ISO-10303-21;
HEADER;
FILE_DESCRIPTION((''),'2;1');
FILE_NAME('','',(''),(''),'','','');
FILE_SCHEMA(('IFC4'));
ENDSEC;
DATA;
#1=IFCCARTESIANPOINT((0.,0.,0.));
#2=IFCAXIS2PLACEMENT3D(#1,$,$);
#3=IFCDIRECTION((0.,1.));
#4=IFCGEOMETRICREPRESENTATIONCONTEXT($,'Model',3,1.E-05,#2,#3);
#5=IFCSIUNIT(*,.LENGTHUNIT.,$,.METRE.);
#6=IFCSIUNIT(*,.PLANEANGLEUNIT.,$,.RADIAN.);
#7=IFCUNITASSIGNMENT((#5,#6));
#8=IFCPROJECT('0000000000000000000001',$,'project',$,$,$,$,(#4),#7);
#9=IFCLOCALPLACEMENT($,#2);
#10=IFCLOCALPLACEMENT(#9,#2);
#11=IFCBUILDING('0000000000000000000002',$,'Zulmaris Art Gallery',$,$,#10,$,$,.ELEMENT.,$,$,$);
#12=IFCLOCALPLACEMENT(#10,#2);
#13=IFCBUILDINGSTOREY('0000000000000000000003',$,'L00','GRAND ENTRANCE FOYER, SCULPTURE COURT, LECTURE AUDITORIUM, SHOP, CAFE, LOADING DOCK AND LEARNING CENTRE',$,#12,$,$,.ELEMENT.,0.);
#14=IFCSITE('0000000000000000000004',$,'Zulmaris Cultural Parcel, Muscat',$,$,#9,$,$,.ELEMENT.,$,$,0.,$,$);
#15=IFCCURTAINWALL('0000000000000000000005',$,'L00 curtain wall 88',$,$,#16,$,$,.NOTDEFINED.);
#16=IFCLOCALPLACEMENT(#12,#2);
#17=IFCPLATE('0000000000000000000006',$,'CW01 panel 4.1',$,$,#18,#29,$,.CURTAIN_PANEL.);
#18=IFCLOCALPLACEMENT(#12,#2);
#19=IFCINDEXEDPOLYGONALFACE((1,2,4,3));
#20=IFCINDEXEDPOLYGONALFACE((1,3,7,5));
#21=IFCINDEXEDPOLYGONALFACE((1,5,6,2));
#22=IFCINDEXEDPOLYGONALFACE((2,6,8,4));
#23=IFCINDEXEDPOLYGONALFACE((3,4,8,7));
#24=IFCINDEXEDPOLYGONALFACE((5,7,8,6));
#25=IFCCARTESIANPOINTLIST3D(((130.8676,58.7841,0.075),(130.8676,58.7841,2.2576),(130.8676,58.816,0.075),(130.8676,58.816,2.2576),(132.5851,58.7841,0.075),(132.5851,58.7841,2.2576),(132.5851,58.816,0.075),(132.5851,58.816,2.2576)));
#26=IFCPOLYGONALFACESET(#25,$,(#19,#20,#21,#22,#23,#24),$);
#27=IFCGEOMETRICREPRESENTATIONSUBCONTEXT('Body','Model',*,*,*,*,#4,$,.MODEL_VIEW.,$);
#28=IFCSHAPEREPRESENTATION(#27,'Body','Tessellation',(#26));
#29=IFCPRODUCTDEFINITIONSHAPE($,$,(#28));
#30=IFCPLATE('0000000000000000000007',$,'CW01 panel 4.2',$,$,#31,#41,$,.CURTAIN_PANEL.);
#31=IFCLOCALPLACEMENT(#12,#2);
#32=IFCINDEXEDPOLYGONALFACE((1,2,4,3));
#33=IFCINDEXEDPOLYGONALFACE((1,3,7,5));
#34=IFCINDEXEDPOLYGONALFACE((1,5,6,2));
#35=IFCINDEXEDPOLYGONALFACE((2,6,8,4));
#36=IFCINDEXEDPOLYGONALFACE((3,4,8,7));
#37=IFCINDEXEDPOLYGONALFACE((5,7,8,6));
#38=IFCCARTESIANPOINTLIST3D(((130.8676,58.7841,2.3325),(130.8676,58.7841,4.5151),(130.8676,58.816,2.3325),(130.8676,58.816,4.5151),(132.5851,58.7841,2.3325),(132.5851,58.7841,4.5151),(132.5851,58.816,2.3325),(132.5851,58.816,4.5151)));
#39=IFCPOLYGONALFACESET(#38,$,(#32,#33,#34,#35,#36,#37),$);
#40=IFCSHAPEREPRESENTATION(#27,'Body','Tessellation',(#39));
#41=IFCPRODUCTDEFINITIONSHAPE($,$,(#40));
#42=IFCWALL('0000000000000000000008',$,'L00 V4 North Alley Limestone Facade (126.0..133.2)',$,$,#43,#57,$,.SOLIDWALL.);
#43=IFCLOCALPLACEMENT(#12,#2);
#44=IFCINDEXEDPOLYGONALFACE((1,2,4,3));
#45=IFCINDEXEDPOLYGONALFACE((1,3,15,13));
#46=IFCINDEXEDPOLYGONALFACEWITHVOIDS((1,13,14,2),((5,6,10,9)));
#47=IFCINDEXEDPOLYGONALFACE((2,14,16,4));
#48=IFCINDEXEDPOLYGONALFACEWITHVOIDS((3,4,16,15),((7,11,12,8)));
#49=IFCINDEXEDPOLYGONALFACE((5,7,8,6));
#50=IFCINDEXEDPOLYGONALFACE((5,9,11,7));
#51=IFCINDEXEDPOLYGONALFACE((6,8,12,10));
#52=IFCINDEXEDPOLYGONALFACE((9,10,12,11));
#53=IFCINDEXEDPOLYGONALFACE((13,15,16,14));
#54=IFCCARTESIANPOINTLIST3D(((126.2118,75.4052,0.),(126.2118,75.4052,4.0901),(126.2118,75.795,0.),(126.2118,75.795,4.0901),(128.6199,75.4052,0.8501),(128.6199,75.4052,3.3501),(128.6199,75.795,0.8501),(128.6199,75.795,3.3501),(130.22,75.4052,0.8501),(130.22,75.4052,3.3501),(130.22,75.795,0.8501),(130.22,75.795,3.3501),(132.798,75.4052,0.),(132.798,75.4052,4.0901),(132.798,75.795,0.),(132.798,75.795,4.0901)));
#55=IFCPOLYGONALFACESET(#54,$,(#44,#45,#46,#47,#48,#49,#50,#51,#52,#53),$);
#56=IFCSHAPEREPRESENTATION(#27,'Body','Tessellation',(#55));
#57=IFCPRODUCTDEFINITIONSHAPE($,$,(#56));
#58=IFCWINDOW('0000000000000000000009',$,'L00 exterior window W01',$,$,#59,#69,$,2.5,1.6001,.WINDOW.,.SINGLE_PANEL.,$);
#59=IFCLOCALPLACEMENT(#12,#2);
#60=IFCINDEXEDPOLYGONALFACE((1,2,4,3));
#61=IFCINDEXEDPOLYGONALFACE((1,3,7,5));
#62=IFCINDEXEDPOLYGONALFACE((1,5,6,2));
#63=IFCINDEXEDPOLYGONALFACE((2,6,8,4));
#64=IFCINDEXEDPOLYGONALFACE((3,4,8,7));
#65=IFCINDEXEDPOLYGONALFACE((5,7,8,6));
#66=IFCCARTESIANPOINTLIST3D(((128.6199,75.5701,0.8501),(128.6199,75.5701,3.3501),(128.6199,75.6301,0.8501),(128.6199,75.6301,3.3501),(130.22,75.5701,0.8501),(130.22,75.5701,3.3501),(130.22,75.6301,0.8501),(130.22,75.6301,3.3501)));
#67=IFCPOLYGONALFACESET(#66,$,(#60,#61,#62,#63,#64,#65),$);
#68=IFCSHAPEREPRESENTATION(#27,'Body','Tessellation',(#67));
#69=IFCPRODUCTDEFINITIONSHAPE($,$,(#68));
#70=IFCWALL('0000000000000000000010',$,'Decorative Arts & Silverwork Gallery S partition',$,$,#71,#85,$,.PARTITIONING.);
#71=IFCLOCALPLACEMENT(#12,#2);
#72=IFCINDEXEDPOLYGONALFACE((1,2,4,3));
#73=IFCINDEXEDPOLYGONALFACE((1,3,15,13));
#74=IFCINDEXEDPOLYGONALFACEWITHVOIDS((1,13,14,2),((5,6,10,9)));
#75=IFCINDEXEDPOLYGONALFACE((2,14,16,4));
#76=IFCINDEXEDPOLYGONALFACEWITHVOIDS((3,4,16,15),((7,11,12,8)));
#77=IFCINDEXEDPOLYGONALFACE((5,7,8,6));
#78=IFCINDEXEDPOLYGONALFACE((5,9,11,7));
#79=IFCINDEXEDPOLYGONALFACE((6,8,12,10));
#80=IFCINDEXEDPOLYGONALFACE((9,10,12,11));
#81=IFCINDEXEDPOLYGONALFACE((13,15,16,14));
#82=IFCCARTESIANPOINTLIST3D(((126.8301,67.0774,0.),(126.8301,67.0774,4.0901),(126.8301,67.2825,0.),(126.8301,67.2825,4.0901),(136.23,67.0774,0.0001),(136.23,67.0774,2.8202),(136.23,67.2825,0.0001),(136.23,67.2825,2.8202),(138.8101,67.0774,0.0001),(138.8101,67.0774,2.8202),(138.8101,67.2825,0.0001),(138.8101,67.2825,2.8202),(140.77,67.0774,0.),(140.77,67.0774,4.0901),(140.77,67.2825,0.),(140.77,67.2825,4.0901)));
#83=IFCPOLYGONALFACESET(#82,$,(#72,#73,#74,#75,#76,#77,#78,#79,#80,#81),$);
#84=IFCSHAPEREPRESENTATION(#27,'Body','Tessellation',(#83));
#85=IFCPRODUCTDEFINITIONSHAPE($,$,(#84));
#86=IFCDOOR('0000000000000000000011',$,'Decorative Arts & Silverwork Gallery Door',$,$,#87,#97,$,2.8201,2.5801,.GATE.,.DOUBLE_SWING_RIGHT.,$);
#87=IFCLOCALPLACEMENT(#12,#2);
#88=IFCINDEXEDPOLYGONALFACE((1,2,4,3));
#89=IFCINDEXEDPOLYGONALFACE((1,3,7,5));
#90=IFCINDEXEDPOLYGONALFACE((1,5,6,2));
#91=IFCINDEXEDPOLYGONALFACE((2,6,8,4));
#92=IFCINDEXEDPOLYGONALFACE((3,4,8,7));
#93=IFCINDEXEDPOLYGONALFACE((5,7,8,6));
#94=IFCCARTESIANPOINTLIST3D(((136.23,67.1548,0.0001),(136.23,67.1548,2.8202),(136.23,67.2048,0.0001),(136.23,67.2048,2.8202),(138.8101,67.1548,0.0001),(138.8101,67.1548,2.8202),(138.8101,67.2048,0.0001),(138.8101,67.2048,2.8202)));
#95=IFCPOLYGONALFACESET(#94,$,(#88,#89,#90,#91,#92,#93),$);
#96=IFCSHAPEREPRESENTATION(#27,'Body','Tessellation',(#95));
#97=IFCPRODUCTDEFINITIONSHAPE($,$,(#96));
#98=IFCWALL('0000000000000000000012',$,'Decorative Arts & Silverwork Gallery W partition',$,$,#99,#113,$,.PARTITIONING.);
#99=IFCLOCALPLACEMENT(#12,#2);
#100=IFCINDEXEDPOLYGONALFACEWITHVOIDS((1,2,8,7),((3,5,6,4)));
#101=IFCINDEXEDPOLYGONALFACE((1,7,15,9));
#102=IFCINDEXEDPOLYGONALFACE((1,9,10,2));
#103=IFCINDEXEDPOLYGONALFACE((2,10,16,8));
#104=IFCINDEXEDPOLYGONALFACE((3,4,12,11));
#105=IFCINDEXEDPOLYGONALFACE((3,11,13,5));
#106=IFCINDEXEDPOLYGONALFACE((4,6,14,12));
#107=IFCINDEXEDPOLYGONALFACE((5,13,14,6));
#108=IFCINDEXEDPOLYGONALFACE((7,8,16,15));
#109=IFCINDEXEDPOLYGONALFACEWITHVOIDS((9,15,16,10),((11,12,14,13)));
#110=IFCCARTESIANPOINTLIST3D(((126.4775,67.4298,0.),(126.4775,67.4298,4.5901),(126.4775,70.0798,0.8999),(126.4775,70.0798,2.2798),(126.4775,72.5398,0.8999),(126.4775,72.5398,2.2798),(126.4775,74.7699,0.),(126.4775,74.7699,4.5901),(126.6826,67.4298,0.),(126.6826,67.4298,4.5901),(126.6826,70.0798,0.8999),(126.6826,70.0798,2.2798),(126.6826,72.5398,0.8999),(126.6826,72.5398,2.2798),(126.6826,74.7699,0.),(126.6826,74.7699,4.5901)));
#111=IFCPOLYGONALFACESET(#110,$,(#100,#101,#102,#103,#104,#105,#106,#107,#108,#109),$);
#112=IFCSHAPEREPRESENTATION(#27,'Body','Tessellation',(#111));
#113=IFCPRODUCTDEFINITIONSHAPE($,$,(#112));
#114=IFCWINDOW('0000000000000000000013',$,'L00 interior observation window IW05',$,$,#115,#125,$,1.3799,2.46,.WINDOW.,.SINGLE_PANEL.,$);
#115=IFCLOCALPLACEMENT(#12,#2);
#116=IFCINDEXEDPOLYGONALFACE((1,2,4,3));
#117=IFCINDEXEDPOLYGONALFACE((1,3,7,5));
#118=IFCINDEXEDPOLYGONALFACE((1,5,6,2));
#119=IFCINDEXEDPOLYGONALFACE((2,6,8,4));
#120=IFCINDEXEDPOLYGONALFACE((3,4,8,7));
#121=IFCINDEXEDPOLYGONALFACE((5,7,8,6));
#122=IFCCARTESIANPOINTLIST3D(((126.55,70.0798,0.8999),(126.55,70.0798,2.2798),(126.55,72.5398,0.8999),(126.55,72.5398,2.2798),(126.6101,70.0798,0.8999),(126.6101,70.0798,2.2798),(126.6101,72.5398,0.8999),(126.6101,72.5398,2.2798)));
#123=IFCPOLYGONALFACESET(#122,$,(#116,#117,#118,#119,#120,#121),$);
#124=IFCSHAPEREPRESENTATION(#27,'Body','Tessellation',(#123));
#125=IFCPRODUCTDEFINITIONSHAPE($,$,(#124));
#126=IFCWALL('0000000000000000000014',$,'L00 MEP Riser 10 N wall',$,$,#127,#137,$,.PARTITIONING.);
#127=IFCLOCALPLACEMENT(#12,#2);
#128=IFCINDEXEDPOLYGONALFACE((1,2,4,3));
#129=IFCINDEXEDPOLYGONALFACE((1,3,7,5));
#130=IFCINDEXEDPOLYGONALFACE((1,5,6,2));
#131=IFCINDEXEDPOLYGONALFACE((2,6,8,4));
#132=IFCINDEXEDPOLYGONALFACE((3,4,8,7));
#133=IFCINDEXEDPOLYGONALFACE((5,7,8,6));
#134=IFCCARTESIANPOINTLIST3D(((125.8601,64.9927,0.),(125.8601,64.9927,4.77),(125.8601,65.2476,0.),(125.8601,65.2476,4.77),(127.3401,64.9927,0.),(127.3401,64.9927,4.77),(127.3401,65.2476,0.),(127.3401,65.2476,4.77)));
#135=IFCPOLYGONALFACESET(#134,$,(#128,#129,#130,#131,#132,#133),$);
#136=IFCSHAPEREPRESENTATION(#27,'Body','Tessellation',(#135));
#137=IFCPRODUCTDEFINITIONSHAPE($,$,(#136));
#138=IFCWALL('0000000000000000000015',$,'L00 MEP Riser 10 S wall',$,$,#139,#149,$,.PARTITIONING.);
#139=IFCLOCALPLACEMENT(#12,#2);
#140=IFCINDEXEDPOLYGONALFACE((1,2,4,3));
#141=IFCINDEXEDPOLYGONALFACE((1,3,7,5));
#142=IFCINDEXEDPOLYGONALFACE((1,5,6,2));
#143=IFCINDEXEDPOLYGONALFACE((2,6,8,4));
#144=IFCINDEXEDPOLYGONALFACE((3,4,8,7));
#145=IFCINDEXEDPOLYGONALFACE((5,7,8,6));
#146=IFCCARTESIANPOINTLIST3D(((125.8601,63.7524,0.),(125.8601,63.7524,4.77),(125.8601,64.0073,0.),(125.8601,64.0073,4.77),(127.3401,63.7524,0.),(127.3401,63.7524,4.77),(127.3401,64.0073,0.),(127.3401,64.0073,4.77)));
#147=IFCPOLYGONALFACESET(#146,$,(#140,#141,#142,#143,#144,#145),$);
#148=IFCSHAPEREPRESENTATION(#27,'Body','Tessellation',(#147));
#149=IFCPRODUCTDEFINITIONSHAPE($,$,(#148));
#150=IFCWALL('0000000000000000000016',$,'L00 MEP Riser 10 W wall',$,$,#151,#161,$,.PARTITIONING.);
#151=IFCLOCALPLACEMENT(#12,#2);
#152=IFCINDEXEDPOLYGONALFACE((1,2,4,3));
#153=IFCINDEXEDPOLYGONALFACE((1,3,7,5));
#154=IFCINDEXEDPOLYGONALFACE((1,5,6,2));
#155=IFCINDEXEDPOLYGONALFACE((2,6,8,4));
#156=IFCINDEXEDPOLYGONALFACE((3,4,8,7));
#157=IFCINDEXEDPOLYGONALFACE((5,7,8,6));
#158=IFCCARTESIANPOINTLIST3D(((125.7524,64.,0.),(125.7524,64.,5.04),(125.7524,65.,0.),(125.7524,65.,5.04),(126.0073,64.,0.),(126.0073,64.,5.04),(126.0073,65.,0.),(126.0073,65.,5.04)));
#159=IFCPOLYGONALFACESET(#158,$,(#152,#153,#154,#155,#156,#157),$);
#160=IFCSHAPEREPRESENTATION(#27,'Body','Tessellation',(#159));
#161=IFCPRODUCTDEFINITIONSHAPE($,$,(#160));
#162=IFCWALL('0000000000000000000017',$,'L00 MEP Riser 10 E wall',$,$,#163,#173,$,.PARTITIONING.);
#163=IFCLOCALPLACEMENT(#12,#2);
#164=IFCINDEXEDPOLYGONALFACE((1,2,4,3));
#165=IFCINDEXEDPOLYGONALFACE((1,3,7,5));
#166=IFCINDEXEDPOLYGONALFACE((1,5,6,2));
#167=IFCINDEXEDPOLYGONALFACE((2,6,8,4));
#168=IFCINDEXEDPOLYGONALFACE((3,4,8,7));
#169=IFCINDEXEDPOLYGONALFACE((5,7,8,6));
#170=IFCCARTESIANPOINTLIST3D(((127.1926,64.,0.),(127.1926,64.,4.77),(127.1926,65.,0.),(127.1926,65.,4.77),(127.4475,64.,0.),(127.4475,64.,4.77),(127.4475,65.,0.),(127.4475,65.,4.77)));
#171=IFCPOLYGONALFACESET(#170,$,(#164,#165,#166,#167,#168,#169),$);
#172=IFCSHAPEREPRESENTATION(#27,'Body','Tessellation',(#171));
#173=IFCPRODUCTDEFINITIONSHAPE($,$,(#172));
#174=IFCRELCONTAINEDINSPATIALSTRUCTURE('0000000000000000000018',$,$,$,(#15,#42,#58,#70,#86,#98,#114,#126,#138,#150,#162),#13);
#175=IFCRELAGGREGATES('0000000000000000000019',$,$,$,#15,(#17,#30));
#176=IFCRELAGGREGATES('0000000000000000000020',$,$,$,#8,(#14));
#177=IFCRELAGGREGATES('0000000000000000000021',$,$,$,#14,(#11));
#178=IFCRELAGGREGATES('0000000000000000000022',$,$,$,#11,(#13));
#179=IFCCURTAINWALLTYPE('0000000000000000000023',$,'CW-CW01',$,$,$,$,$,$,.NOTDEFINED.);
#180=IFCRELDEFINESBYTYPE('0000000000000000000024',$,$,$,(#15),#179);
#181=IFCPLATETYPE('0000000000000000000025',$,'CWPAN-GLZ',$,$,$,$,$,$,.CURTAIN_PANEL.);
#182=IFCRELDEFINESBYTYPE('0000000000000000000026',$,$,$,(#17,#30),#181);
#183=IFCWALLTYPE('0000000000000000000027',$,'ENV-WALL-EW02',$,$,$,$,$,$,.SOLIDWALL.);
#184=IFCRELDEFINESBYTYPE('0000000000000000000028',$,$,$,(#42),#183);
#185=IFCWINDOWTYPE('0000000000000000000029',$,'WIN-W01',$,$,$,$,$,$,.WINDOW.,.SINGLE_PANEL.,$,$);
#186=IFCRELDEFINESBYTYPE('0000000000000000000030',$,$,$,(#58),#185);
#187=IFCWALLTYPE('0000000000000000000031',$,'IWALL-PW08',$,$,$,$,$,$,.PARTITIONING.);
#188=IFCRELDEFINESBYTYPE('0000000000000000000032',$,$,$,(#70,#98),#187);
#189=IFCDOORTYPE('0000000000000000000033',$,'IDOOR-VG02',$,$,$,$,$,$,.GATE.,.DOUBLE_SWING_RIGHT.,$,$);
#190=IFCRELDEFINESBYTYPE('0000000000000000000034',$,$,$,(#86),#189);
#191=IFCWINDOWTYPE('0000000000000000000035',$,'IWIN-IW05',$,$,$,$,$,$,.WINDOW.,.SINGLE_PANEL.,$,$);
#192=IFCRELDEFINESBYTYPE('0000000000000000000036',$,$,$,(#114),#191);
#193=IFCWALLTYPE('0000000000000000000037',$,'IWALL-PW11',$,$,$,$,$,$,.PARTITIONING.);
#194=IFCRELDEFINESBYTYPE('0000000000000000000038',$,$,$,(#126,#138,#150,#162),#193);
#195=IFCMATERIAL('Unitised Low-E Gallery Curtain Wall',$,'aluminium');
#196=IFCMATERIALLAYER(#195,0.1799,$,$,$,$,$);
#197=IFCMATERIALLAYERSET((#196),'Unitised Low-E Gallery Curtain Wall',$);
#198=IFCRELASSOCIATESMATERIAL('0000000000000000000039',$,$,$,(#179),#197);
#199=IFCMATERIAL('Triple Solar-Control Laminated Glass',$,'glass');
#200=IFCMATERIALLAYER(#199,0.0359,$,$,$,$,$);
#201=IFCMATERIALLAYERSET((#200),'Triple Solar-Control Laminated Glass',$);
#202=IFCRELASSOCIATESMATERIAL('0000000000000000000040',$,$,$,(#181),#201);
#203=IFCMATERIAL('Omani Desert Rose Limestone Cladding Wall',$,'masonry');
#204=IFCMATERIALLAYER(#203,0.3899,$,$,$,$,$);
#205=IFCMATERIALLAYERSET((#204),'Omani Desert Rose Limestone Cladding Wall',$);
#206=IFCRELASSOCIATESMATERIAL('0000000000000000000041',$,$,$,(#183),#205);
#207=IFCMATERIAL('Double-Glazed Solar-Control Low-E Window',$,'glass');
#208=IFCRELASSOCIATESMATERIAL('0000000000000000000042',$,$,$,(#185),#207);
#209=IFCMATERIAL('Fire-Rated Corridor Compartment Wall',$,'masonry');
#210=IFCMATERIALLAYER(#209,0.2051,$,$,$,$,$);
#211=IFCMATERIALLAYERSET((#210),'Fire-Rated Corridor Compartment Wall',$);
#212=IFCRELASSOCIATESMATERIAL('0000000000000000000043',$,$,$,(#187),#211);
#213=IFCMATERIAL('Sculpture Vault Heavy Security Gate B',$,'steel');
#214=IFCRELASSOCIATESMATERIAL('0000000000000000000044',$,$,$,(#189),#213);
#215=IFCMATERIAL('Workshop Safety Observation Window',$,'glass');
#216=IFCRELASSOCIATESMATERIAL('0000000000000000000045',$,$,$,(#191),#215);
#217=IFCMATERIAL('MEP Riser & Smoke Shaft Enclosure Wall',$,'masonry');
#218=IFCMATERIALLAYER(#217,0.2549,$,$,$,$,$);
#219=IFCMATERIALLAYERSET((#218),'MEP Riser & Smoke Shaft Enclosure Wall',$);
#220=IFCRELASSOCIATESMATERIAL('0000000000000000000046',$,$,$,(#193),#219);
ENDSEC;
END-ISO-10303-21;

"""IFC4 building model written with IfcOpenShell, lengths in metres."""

from ifc_helpers import new_model, si_unit, direction, frame, frame_2d, origin, origin_2d, place, context, subcontext, project, spatial, rectangle, extrude, material, layer, layer_set, type_object, element, fill, aggregate, save


model = new_model("IFC4")

# Units and contexts
model_context = context("Model", 3, precision=1e-05, world=origin(), true_north=direction((0.0, 1.0)))
body_context = subcontext(model_context, "Body", "Model", "MODEL_VIEW")
ifc_project = project(units=[si_unit("LENGTHUNIT", "METRE"), si_unit("PLANEANGLEUNIT", "RADIAN")], contexts=[model_context])

# Site, building, storey
site_placement = place(None, origin())
site = spatial("IfcSite", under=ifc_project, at=site_placement, Name="Zulmaris Cultural Parcel, Muscat", CompositionType="ELEMENT", RefElevation=0.0)
building_placement = place(site_placement, origin())
building = spatial("IfcBuilding", under=site, at=building_placement, Name="Zulmaris Art Gallery", CompositionType="ELEMENT")
storey_placement = place(building_placement, origin())
storey = spatial("IfcBuildingStorey", under=building, at=storey_placement, Name="L00", Description="GRAND ENTRANCE FOYER, SCULPTURE COURT, LECTURE AUDITORIUM, SHOP, CAFE, LOADING DOCK AND LEARNING CENTRE", CompositionType="ELEMENT", Elevation=0.0)

# Curtain wall, plates
ifc_material_1 = material(Name="Unitised Low-E Gallery Curtain Wall", Category="aluminium")
ifc_layer_1 = layer(ifc_material_1, 0.1799)
ifc_layer_set_1 = layer_set([ifc_layer_1], Name="Unitised Low-E Gallery Curtain Wall")
curtain_wall_type = type_object("IfcCurtainWallType", Name="CW-CW01", PredefinedType="NOTDEFINED", material=ifc_layer_set_1)
curtain_wall_placement = place(storey_placement, origin())
curtain_wall = element("IfcCurtainWall", 1, at=curtain_wall_placement, inside=storey, type_object=curtain_wall_type, Name="L00 curtain wall 88", PredefinedType="NOTDEFINED")
ifc_material_2 = material(Name="Triple Solar-Control Laminated Glass", Category="glass")
ifc_layer_2 = layer(ifc_material_2, 0.0359)
ifc_layer_set_2 = layer_set([ifc_layer_2], Name="Triple Solar-Control Laminated Glass")
plate_type = type_object("IfcPlateType", Name="CWPAN-GLZ", PredefinedType="CURTAIN_PANEL", material=ifc_layer_set_2)
plate_1_placement = place(storey_placement, frame((131.7263, 58.8, 0.075), z_axis=(0.0, 0.0, 1.0), x_axis=(1.0, 0.0, 0.0)))
plate_1 = element("IfcPlate", 2, at=plate_1_placement, type_object=plate_type, Name="CW01 panel 4.1", PredefinedType="CURTAIN_PANEL", context=body_context, shape_type="SweptSolid", body=[
    extrude(rectangle(XDim=1.7175, YDim=0.032, at=origin_2d()), origin(), (0.0, 0.0, 1.0), 2.1826),
])
plate_2_placement = place(storey_placement, frame((131.7263, 58.8, 2.3325), z_axis=(0.0, 0.0, 1.0), x_axis=(1.0, 0.0, 0.0)))
plate_2 = element("IfcPlate", 3, at=plate_2_placement, type_object=plate_type, Name="CW01 panel 4.2", PredefinedType="CURTAIN_PANEL", context=body_context, shape_type="SweptSolid", body=[
    extrude(rectangle(XDim=1.7175, YDim=0.032, at=origin_2d()), origin(), (0.0, 0.0, 1.0), 2.1826),
])
aggregate(curtain_wall, [plate_1, plate_2])

# Wall, opening, window
ifc_material_3 = material(Name="Omani Desert Rose Limestone Cladding Wall", Category="masonry")
ifc_layer_3 = layer(ifc_material_3, 0.3899)
ifc_layer_set_3 = layer_set([ifc_layer_3], Name="Omani Desert Rose Limestone Cladding Wall")
wall_type_1 = type_object("IfcWallType", Name="ENV-WALL-EW02", PredefinedType="SOLIDWALL", material=ifc_layer_set_3)
wall_1_placement = place(storey_placement, frame((126.2119, 75.6001, 0.0), z_axis=(0.0, 0.0, 1.0), x_axis=(1.0, 0.0, 0.0)))
wall_1 = element("IfcWall", 4, at=wall_1_placement, inside=storey, type_object=wall_type_1, Name="L00 V4 North Alley Limestone Facade (126.0..133.2)", PredefinedType="SOLIDWALL", context=body_context, shape_type="SweptSolid", body=[
    extrude(rectangle(XDim=6.5862, YDim=0.3899, at=frame_2d((3.293, 0.0))), origin(), (0.0, 0.0, 1.0), 4.0901),
])
opening_1_placement = place(wall_1_placement, frame((2.408, 0.0, 0.8501)))
opening_1 = element("IfcOpeningElement", 5, at=opening_1_placement, cuts=wall_1, PredefinedType="OPENING", context=body_context, shape_type="SweptSolid", body=[
    extrude(rectangle(XDim=1.6001, YDim=2.5, at=frame_2d((0.8, 1.25))), frame((0.0, 0.2048, 0.0), z_axis=(0.0, -1.0, 0.0), x_axis=(1.0, 0.0, 0.0)), (0.0, 0.0, 1.0), 0.4099),
])
ifc_material_4 = material(Name="Double-Glazed Solar-Control Low-E Window", Category="glass")
window_type_1 = type_object("IfcWindowType", Name="WIN-W01", PartitioningType="SINGLE_PANEL", PredefinedType="WINDOW", material=ifc_material_4)
window_1_placement = place(opening_1_placement, origin())
window_1 = element("IfcWindow", 6, at=window_1_placement, inside=storey, type_object=window_type_1, Name="L00 exterior window W01", OverallHeight=2.5, OverallWidth=1.6001, PartitioningType="SINGLE_PANEL", PredefinedType="WINDOW", context=body_context, shape_type="SweptSolid", body=[
    extrude(rectangle(XDim=1.6001, YDim=2.5, at=frame_2d((0.8, 1.25))), frame((0.0, 0.03, 0.0), z_axis=(0.0, -1.0, 0.0), x_axis=(1.0, 0.0, 0.0)), (0.0, 0.0, 1.0), 0.0601),
])
fill(opening_1, window_1)

# Wall, opening, door
ifc_material_5 = material(Name="Fire-Rated Corridor Compartment Wall", Category="masonry")
ifc_layer_4 = layer(ifc_material_5, 0.2051)
ifc_layer_set_4 = layer_set([ifc_layer_4], Name="Fire-Rated Corridor Compartment Wall")
wall_type_2 = type_object("IfcWallType", Name="IWALL-PW08", PredefinedType="PARTITIONING", material=ifc_layer_set_4)
wall_2_placement = place(storey_placement, frame((126.8301, 67.1799, 0.0), z_axis=(0.0, 0.0, 1.0), x_axis=(1.0, 0.0, 0.0)))
wall_2 = element("IfcWall", 7, at=wall_2_placement, inside=storey, type_object=wall_type_2, Name="Decorative Arts & Silverwork Gallery S partition", PredefinedType="PARTITIONING", context=body_context, shape_type="SweptSolid", body=[
    extrude(rectangle(XDim=13.9399, YDim=0.2051, at=frame_2d((6.97, 0.0))), origin(), (0.0, 0.0, 1.0), 4.0901),
])
opening_2_placement = place(wall_2_placement, frame((9.3999, 0.0, 0.0)))
opening_2 = element("IfcOpeningElement", 8, at=opening_2_placement, cuts=wall_2, PredefinedType="OPENING", context=body_context, shape_type="SweptSolid", body=[
    extrude(rectangle(XDim=2.5801, YDim=2.8201, at=frame_2d((1.29, 1.4102))), frame((0.0, 0.1125, 0.0), z_axis=(0.0, -1.0, 0.0), x_axis=(1.0, 0.0, 0.0)), (0.0, 0.0, 1.0), 0.2251),
])
ifc_material_6 = material(Name="Sculpture Vault Heavy Security Gate B", Category="steel")
door_type = type_object("IfcDoorType", Name="IDOOR-VG02", OperationType="DOUBLE_SWING_RIGHT", PredefinedType="GATE", material=ifc_material_6)
door_placement = place(opening_2_placement, origin())
door = element("IfcDoor", 9, at=door_placement, inside=storey, type_object=door_type, Name="Decorative Arts & Silverwork Gallery Door", OperationType="DOUBLE_SWING_RIGHT", OverallHeight=2.8201, OverallWidth=2.5801, PredefinedType="GATE", context=body_context, shape_type="SweptSolid", body=[
    extrude(rectangle(XDim=2.5801, YDim=2.8201, at=frame_2d((1.29, 1.4102))), frame((0.0, 0.0249, 0.0), z_axis=(0.0, -1.0, 0.0), x_axis=(1.0, 0.0, 0.0)), (0.0, 0.0, 1.0), 0.05),
])
fill(opening_2, door)

# Wall, opening, window
wall_3_placement = place(storey_placement, frame((126.5801, 67.4299, 0.0), z_axis=(0.0, 0.0, 1.0), x_axis=(0.0, 1.0, 0.0)))
wall_3 = element("IfcWall", 10, at=wall_3_placement, inside=storey, type_object=wall_type_2, Name="Decorative Arts & Silverwork Gallery W partition", PredefinedType="PARTITIONING", context=body_context, shape_type="SweptSolid", body=[
    extrude(rectangle(XDim=7.3401, YDim=0.2051, at=frame_2d((3.6699, 0.0))), origin(), (0.0, 0.0, 1.0), 4.5901),
])
opening_3_placement = place(wall_3_placement, frame((2.6499, 0.0, 0.8999)))
opening_3 = element("IfcOpeningElement", 11, at=opening_3_placement, cuts=wall_3, PredefinedType="OPENING", context=body_context, shape_type="SweptSolid", body=[
    extrude(rectangle(XDim=2.46, YDim=1.3799, at=frame_2d((1.23, 0.6899))), frame((0.0, 0.1125, 0.0), z_axis=(0.0, -1.0, 0.0), x_axis=(1.0, 0.0, 0.0)), (0.0, 0.0, 1.0), 0.2251),
])
ifc_material_7 = material(Name="Workshop Safety Observation Window", Category="glass")
window_type_2 = type_object("IfcWindowType", Name="IWIN-IW05", PartitioningType="SINGLE_PANEL", PredefinedType="WINDOW", material=ifc_material_7)
window_2_placement = place(opening_3_placement, origin())
window_2 = element("IfcWindow", 12, at=window_2_placement, inside=storey, type_object=window_type_2, Name="L00 interior observation window IW05", OverallHeight=1.3799, OverallWidth=2.46, PartitioningType="SINGLE_PANEL", PredefinedType="WINDOW", context=body_context, shape_type="SweptSolid", body=[
    extrude(rectangle(XDim=2.46, YDim=1.3799, at=frame_2d((1.23, 0.6899))), frame((0.0, 0.03, 0.0), z_axis=(0.0, -1.0, 0.0), x_axis=(1.0, 0.0, 0.0)), (0.0, 0.0, 1.0), 0.0601),
])
fill(opening_3, window_2)

# Walls
ifc_material_8 = material(Name="MEP Riser & Smoke Shaft Enclosure Wall", Category="masonry")
ifc_layer_5 = layer(ifc_material_8, 0.2549)
ifc_layer_set_5 = layer_set([ifc_layer_5], Name="MEP Riser & Smoke Shaft Enclosure Wall")
wall_type_3 = type_object("IfcWallType", Name="IWALL-PW11", PredefinedType="PARTITIONING", material=ifc_layer_set_5)
for number, where, z_axis, x_axis, name in (
    (13, (125.8601, 65.1201, 0.0), (0.0, 0.0, 1.0), (1.0, 0.0, 0.0), "L00 MEP Riser 10 N wall"),
    (14, (125.8601, 63.8799, 0.0), (0.0, 0.0, 1.0), (1.0, 0.0, 0.0), "L00 MEP Riser 10 S wall"),
):
    element("IfcWall", number, at=place(storey_placement, frame(where, z_axis=z_axis, x_axis=x_axis)), inside=storey, type_object=wall_type_3, Name=name, PredefinedType="PARTITIONING", context=body_context, shape_type="SweptSolid", body=[
        extrude(rectangle(XDim=1.48, YDim=0.2549, at=frame_2d((0.74, 0.0))), origin(), (0.0, 0.0, 1.0), 4.77),
    ])
wall_4_placement = place(storey_placement, frame((125.8799, 64.0, 0.0), z_axis=(0.0, 0.0, 1.0), x_axis=(0.0, 1.0, 0.0)))
element("IfcWall", 15, at=wall_4_placement, inside=storey, type_object=wall_type_3, Name="L00 MEP Riser 10 W wall", PredefinedType="PARTITIONING", context=body_context, shape_type="SweptSolid", body=[
    extrude(rectangle(XDim=1.0, YDim=0.2549, at=frame_2d((0.5, 0.0))), origin(), (0.0, 0.0, 1.0), 5.04),
])
wall_5_placement = place(storey_placement, frame((127.3201, 64.0, 0.0), z_axis=(0.0, 0.0, 1.0), x_axis=(0.0, 1.0, 0.0)))
element("IfcWall", 16, at=wall_5_placement, inside=storey, type_object=wall_type_3, Name="L00 MEP Riser 10 E wall", PredefinedType="PARTITIONING", context=body_context, shape_type="SweptSolid", body=[
    extrude(rectangle(XDim=1.0, YDim=0.2549, at=frame_2d((0.5, 0.0))), origin(), (0.0, 0.0, 1.0), 4.77),
])

save(model, "model.ifc")
